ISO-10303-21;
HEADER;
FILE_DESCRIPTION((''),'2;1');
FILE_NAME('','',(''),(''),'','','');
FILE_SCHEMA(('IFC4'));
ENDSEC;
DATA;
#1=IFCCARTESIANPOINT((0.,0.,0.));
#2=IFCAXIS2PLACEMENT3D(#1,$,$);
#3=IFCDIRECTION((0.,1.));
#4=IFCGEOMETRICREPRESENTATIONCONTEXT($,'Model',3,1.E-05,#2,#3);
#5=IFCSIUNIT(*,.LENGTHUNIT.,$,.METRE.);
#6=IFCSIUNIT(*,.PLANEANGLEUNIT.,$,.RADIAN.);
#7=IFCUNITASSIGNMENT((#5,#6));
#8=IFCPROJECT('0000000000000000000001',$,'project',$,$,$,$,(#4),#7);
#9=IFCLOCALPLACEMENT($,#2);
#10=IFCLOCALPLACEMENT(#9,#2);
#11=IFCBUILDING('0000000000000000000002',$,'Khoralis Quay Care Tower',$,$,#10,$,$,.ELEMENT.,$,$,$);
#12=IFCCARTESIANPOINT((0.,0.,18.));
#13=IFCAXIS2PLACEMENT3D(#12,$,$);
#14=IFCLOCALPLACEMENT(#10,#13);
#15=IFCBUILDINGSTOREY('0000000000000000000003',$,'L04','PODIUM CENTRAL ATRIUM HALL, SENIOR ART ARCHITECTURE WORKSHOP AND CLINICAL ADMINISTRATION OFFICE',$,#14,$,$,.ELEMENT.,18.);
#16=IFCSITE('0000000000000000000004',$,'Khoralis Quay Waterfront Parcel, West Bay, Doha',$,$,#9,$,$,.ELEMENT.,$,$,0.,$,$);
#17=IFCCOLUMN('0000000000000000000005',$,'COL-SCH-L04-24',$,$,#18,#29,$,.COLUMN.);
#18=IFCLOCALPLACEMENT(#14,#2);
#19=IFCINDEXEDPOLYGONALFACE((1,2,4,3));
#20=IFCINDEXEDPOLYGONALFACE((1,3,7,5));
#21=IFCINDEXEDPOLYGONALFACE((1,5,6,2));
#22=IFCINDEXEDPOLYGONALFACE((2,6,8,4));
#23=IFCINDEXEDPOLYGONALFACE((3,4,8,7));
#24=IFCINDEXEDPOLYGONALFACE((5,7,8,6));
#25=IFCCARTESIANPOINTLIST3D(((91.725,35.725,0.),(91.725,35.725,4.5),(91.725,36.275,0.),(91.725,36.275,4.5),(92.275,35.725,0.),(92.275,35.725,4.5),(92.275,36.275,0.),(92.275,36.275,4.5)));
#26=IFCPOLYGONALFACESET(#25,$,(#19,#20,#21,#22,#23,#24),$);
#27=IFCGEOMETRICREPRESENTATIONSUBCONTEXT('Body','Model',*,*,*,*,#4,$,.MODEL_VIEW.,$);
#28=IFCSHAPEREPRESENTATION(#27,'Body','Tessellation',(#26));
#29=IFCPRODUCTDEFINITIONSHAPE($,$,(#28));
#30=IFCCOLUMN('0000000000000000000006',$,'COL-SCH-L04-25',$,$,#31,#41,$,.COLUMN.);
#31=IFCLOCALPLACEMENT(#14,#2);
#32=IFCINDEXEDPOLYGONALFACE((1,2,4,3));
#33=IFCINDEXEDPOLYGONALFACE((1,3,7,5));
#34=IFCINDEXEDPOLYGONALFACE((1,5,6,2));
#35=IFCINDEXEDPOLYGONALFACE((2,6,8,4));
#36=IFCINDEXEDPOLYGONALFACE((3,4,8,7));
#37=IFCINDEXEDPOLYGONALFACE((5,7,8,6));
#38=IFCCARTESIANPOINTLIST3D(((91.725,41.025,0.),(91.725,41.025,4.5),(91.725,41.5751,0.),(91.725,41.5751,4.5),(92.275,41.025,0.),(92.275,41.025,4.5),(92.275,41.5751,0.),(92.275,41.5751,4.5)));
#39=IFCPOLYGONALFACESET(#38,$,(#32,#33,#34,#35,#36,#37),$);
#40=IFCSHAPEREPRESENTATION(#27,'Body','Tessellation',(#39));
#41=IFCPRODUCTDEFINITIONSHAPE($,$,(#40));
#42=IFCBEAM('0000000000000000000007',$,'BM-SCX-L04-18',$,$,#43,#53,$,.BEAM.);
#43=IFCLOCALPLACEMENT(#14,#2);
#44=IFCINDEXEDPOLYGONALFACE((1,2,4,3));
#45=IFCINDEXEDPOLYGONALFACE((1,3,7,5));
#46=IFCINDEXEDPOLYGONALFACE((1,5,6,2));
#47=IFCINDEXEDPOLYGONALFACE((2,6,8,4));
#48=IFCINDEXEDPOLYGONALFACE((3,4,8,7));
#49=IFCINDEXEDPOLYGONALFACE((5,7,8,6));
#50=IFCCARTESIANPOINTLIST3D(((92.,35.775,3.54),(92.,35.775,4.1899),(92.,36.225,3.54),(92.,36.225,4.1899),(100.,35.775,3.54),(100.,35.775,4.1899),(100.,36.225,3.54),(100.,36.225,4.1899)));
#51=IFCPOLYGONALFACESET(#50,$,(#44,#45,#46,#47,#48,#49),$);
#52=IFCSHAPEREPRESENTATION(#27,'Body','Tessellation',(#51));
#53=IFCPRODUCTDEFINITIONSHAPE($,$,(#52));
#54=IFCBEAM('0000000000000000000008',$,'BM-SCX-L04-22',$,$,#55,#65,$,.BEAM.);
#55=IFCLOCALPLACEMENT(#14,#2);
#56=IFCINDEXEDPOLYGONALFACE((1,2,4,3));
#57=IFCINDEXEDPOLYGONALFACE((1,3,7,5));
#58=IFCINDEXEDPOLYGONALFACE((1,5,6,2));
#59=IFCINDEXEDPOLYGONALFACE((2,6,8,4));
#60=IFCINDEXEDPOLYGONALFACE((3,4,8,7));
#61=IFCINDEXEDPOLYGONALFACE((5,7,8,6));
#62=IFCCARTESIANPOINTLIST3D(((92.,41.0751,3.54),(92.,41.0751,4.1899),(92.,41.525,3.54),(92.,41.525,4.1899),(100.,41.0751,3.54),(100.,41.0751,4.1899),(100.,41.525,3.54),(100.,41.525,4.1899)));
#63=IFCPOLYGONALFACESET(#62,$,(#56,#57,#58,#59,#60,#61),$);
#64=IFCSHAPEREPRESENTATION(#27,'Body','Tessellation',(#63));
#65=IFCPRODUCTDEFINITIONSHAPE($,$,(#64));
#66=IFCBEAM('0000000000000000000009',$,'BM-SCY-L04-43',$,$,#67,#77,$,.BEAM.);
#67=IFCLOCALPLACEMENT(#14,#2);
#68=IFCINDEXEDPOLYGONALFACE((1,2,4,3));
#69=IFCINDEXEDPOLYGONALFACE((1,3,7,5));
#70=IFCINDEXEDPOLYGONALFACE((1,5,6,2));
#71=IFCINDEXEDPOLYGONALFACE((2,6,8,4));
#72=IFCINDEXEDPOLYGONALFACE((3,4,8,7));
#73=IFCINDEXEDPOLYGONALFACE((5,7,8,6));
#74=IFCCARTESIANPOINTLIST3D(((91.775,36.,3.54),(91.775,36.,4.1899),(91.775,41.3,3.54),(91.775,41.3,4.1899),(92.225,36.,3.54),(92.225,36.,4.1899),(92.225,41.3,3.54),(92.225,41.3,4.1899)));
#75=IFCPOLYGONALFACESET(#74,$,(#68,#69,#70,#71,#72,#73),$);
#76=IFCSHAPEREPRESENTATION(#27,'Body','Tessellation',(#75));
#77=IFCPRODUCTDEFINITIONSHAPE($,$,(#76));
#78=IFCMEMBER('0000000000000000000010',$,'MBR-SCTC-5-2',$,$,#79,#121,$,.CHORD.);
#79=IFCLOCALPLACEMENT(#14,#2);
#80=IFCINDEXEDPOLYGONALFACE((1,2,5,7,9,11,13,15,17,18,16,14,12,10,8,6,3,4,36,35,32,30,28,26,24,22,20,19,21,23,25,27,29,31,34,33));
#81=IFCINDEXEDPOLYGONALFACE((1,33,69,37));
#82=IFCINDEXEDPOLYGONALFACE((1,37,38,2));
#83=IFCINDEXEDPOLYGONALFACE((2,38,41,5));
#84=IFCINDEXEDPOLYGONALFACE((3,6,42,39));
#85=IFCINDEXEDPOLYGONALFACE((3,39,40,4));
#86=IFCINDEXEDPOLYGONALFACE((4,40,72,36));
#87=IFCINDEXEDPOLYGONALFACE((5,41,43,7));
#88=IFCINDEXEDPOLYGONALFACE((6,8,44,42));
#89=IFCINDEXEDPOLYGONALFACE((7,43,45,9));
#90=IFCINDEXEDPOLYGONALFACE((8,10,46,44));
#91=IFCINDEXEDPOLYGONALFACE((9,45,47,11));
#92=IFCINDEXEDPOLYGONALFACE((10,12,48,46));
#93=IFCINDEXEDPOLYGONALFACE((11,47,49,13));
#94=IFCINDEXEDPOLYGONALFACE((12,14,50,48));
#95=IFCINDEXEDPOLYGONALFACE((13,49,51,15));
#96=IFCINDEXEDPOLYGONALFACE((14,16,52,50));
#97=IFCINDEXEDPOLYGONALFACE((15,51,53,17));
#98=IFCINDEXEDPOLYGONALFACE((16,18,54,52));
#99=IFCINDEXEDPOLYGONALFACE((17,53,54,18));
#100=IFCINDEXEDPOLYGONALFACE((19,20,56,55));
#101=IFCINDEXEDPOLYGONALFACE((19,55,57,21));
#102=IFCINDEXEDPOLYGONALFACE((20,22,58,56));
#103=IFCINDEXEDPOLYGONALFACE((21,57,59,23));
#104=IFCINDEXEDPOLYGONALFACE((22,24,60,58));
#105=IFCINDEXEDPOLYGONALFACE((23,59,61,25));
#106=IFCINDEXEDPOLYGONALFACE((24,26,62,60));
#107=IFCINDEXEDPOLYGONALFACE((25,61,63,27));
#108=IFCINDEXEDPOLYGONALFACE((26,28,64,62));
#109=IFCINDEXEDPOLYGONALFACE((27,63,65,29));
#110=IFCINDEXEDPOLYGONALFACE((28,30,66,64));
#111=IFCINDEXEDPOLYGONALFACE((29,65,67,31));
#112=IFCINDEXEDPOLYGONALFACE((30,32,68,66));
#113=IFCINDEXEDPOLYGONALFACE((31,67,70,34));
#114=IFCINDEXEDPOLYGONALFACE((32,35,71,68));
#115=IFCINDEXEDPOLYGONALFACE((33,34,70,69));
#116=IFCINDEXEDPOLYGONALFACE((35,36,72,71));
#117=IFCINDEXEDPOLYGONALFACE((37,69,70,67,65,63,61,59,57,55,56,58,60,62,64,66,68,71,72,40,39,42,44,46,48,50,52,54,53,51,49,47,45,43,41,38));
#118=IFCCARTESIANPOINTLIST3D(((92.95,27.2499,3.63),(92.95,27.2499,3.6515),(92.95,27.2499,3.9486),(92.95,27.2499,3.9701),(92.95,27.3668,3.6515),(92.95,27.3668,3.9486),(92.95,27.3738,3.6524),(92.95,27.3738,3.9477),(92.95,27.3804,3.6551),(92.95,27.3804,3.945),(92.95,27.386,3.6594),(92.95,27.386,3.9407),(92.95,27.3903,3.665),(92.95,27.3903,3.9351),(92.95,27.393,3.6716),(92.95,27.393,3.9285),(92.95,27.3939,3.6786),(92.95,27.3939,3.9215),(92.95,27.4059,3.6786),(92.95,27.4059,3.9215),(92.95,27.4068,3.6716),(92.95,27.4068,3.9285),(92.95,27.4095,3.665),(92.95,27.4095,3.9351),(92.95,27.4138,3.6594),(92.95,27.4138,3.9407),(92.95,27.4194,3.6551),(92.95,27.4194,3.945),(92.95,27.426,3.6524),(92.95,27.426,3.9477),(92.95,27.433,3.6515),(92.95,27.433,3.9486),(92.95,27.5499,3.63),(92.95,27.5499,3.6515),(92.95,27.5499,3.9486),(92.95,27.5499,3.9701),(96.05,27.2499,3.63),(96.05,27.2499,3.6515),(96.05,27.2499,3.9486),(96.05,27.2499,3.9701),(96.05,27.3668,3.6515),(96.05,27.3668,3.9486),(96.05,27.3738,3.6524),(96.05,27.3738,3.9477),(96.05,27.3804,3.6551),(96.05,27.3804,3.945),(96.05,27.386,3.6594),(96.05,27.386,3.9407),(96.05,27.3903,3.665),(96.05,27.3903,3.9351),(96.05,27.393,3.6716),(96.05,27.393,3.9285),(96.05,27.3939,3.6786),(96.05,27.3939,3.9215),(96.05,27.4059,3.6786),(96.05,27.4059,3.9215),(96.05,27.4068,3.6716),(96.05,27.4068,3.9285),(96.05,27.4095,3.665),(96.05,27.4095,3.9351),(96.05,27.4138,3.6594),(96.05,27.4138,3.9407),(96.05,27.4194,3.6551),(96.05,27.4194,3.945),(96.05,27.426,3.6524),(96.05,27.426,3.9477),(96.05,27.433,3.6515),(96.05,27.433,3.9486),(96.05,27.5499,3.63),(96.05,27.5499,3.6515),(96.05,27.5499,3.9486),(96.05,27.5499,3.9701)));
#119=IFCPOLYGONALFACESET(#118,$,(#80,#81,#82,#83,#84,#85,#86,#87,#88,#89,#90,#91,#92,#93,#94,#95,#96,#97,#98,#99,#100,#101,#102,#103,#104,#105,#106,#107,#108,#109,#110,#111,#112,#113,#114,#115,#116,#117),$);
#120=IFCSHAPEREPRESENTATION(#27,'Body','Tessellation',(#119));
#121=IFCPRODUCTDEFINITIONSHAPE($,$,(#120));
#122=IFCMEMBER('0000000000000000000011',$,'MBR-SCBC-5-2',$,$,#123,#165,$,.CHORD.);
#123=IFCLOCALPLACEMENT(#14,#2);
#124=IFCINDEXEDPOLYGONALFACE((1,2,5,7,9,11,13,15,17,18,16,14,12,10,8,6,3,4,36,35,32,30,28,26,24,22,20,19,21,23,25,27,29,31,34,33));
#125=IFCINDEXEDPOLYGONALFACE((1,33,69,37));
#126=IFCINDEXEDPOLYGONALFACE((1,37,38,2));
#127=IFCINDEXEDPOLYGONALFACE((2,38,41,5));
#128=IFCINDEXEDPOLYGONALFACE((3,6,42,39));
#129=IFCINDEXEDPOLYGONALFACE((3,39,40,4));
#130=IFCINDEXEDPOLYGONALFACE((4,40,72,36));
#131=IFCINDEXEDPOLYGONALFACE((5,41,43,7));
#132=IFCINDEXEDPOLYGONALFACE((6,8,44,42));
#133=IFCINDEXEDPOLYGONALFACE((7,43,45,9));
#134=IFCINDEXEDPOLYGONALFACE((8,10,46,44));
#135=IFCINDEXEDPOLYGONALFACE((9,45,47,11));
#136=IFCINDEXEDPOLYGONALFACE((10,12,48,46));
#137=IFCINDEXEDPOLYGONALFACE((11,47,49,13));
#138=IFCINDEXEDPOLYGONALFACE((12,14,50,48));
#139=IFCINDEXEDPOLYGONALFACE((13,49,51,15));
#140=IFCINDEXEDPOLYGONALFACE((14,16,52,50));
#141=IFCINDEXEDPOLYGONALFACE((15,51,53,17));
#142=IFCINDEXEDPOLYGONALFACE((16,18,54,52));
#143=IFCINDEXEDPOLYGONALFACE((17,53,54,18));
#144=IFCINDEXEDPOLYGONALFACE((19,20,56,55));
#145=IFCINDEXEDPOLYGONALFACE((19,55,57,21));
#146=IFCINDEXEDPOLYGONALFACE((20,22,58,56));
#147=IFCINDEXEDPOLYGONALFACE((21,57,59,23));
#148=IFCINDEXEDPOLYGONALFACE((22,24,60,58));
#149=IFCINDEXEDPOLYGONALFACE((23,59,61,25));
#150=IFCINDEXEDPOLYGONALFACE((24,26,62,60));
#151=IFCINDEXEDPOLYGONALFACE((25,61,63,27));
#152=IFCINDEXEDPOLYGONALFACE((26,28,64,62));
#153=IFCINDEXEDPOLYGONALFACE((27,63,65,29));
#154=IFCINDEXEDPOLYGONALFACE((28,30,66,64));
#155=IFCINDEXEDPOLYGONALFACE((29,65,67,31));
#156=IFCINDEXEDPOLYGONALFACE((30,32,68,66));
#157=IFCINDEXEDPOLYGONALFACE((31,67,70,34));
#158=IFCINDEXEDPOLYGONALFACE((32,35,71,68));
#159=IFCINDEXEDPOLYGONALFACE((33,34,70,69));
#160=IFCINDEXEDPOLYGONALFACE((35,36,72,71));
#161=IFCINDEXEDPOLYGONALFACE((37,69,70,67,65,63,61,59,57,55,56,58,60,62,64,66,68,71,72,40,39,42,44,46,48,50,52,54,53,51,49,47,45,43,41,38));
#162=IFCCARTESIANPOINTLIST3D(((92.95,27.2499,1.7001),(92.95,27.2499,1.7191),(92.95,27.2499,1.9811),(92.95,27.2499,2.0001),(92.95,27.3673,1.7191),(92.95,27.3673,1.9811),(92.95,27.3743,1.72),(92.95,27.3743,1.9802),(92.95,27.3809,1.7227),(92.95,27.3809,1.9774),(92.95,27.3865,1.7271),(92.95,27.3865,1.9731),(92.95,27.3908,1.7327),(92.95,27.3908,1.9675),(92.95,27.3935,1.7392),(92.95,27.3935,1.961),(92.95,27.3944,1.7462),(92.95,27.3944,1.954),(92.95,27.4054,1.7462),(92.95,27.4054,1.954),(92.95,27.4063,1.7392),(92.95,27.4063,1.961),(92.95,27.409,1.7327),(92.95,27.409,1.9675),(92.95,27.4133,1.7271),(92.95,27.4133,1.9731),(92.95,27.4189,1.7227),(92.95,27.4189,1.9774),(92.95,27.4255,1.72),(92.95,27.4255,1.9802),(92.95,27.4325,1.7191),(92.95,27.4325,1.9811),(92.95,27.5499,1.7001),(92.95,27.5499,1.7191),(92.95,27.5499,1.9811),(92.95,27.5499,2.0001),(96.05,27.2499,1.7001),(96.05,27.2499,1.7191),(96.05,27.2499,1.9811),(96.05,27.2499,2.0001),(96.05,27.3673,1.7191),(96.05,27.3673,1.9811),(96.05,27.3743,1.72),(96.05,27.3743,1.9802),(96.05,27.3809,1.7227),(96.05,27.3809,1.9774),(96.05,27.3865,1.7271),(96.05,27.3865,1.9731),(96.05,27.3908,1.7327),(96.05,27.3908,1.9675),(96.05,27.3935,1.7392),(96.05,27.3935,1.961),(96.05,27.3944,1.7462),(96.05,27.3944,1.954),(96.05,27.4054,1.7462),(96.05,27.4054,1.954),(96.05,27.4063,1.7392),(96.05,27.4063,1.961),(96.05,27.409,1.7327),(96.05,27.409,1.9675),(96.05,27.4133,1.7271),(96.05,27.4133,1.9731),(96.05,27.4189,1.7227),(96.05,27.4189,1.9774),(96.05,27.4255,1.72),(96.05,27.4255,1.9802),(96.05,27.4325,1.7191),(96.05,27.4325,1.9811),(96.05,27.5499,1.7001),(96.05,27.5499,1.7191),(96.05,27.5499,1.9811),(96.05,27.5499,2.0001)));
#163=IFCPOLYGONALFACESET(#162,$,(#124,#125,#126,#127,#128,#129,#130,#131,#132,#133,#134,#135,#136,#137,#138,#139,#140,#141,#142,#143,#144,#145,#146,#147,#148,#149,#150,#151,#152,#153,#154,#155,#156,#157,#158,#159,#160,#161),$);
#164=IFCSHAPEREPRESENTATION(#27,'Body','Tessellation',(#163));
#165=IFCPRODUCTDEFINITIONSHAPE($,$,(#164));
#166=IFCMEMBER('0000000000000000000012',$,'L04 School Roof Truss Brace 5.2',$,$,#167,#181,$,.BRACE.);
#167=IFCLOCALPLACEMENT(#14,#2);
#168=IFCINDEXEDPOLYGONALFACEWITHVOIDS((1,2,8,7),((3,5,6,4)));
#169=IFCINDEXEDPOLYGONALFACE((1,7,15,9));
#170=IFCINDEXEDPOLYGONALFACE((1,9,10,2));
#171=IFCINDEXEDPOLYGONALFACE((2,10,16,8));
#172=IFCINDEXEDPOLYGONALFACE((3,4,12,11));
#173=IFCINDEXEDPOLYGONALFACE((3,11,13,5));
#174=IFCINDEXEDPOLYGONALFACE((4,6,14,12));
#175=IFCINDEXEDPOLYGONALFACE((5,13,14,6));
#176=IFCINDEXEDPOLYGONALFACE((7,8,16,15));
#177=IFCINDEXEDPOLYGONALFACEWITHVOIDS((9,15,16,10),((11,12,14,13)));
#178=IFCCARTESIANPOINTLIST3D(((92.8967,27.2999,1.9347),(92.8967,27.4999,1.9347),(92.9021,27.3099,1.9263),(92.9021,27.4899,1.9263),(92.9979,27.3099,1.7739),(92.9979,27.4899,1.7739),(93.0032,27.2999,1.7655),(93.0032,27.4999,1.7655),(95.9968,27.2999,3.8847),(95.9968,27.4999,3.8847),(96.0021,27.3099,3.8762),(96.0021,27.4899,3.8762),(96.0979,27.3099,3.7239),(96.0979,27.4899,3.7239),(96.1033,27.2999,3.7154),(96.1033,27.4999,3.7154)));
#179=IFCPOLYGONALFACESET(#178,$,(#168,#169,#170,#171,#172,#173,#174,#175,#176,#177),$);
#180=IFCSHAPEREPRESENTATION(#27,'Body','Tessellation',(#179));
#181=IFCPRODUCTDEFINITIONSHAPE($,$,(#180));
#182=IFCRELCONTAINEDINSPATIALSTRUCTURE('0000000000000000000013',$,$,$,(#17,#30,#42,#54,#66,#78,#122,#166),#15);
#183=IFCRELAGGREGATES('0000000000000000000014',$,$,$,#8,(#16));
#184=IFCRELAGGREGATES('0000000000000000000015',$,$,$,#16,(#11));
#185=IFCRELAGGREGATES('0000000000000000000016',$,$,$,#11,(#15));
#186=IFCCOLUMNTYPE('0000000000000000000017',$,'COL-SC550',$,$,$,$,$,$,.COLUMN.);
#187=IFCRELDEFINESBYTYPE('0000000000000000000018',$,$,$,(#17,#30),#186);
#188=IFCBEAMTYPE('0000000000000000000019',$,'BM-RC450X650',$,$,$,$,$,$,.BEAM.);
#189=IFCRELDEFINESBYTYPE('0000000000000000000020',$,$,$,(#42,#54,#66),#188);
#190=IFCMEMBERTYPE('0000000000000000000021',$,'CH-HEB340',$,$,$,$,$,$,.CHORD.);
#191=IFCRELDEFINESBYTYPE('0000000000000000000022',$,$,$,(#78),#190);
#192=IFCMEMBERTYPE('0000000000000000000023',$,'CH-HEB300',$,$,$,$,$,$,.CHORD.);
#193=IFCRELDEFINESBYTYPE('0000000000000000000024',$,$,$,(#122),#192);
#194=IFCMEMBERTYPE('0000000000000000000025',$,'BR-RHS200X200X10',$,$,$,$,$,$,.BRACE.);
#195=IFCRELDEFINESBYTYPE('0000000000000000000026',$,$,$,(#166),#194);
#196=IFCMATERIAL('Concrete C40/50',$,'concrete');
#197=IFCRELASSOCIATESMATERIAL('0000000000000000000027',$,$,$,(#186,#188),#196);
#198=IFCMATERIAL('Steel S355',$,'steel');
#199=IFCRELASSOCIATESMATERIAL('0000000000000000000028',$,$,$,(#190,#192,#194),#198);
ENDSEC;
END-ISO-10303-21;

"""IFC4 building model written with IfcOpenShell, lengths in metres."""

from ifc_helpers import new_model, si_unit, direction, frame, origin, origin_2d, place, context, subcontext, project, spatial, rectangle, hollow_rectangle, i_section, extrude, source, transform, mapped, material, material_profile, profile_set, type_object, element, save


model = new_model("IFC4")

# Units and contexts
model_context = context("Model", 3, precision=1e-05, world=origin(), true_north=direction((0.0, 1.0)))
body_context = subcontext(model_context, "Body", "Model", "MODEL_VIEW")
ifc_project = project(units=[si_unit("LENGTHUNIT", "METRE"), si_unit("PLANEANGLEUNIT", "RADIAN")], contexts=[model_context])

# Site, building, storey
site_placement = place(None, origin())
site = spatial("IfcSite", under=ifc_project, at=site_placement, Name="Khoralis Quay Waterfront Parcel, West Bay, Doha", CompositionType="ELEMENT", RefElevation=0.0)
building_placement = place(site_placement, origin())
building = spatial("IfcBuilding", under=site, at=building_placement, Name="Khoralis Quay Care Tower", CompositionType="ELEMENT")
storey_placement = place(building_placement, frame((0.0, 0.0, 18.0)))
storey = spatial("IfcBuildingStorey", under=building, at=storey_placement, Name="L04", Description="PODIUM CENTRAL ATRIUM HALL, SENIOR ART ARCHITECTURE WORKSHOP AND CLINICAL ADMINISTRATION OFFICE", CompositionType="ELEMENT", Elevation=18.0)

# Columns
ifc_material_1 = material(Name="Concrete C40/50", Category="concrete")
ifc_material_profile_1 = material_profile(ifc_material_1, rectangle(XDim=0.55, YDim=0.55, at=origin_2d()), Name="Concrete C40/50")
ifc_profile_set_1 = profile_set([ifc_material_profile_1], Name="Concrete C40/50")
column_type = type_object("IfcColumnType", Name="COL-SC550", PredefinedType="COLUMN", material=ifc_profile_set_1)
shared_shape_1 = source(origin(), body_context, "Body", "SweptSolid", [
    extrude(rectangle(XDim=0.55, YDim=0.55, at=origin_2d()), origin(), (0.0, 0.0, 1.0), 4.5),
])
for number, where, z_axis, x_axis, name in (
    (1, (92.0, 36.0, 0.0), (0.0, 0.0, 1.0), (1.0, 0.0, 0.0), "COL-SCH-L04-24"),
    (2, (92.0, 41.3, 0.0), (0.0, 0.0, 1.0), (1.0, 0.0, 0.0), "COL-SCH-L04-25"),
):
    element("IfcColumn", number, at=place(storey_placement, frame(where, z_axis=z_axis, x_axis=x_axis)), inside=storey, type_object=column_type, Name=name, PredefinedType="COLUMN", context=body_context, shape_type="MappedRepresentation", body=[
        mapped(shared_shape_1, transform((0.0, 0.0, 0.0), scale=1.0)),
    ])

# Beams
ifc_material_profile_2 = material_profile(ifc_material_1, rectangle(XDim=0.45, YDim=0.6499, at=origin_2d()), Name="Concrete C40/50")
ifc_profile_set_2 = profile_set([ifc_material_profile_2], Name="Concrete C40/50")
beam_type = type_object("IfcBeamType", Name="BM-RC450X650", PredefinedType="BEAM", material=ifc_profile_set_2)
shared_shape_2 = source(origin(), body_context, "Body", "SweptSolid", [
    extrude(rectangle(XDim=0.45, YDim=0.6499, at=origin_2d()), origin(), (0.0, 0.0, 1.0), 8.0),
])
for number, where, z_axis, x_axis, name in (
    (3, (92.0, 36.0, 3.865), (1.0, 0.0, 0.0), (0.0, 1.0, 0.0), "BM-SCX-L04-18"),
    (4, (92.0, 41.3, 3.865), (1.0, 0.0, 0.0), (0.0, 1.0, 0.0), "BM-SCX-L04-22"),
):
    element("IfcBeam", number, at=place(storey_placement, frame(where, z_axis=z_axis, x_axis=x_axis)), inside=storey, type_object=beam_type, Name=name, PredefinedType="BEAM", context=body_context, shape_type="MappedRepresentation", body=[
        mapped(shared_shape_2, transform((0.0, 0.0, 0.0), scale=1.0)),
    ])
shared_shape_3 = source(origin(), body_context, "Body", "SweptSolid", [
    extrude(rectangle(XDim=0.45, YDim=0.6499, at=origin_2d()), origin(), (0.0, 0.0, 1.0), 5.3),
])
beam_placement = place(storey_placement, frame((92.0, 36.0, 3.865), z_axis=(0.0, 1.0, 0.0), x_axis=(-1.0, 0.0, 0.0)))
element("IfcBeam", 5, at=beam_placement, inside=storey, type_object=beam_type, Name="BM-SCY-L04-43", PredefinedType="BEAM", context=body_context, shape_type="MappedRepresentation", body=[
    mapped(shared_shape_3, transform((0.0, 0.0, 0.0), scale=1.0)),
])

# Members
ifc_material_2 = material(Name="Steel S355", Category="steel")
ifc_material_profile_3 = material_profile(ifc_material_2, i_section(OverallWidth=0.3, OverallDepth=0.3401, WebThickness=0.012, FlangeThickness=0.0215, FilletRadius=0.0271, at=origin_2d()), Name="Steel S355")
ifc_profile_set_3 = profile_set([ifc_material_profile_3], Name="Steel S355")
member_type_1 = type_object("IfcMemberType", Name="CH-HEB340", PredefinedType="CHORD", material=ifc_profile_set_3)
shared_shape_4 = source(origin(), body_context, "Body", "SweptSolid", [
    extrude(i_section(OverallWidth=0.3, OverallDepth=0.3401, WebThickness=0.012, FlangeThickness=0.0215, FilletRadius=0.0271, at=origin_2d()), origin(), (0.0, 0.0, 1.0), 3.1001),
])
member_1_placement = place(storey_placement, frame((92.95, 27.3999, 3.8), z_axis=(1.0, 0.0, 0.0), x_axis=(0.0, 1.0, 0.0)))
element("IfcMember", 6, at=member_1_placement, inside=storey, type_object=member_type_1, Name="MBR-SCTC-5-2", PredefinedType="CHORD", context=body_context, shape_type="MappedRepresentation", body=[
    mapped(shared_shape_4, transform((0.0, 0.0, 0.0), scale=1.0)),
])
ifc_material_profile_4 = material_profile(ifc_material_2, i_section(OverallWidth=0.3, OverallDepth=0.3, WebThickness=0.011, FlangeThickness=0.019, FilletRadius=0.0271, at=origin_2d()), Name="Steel S355")
ifc_profile_set_4 = profile_set([ifc_material_profile_4], Name="Steel S355")
member_type_2 = type_object("IfcMemberType", Name="CH-HEB300", PredefinedType="CHORD", material=ifc_profile_set_4)
shared_shape_5 = source(origin(), body_context, "Body", "SweptSolid", [
    extrude(i_section(OverallWidth=0.3, OverallDepth=0.3, WebThickness=0.011, FlangeThickness=0.019, FilletRadius=0.0271, at=origin_2d()), origin(), (0.0, 0.0, 1.0), 3.1001),
])
member_2_placement = place(storey_placement, frame((92.95, 27.3999, 1.8501), z_axis=(1.0, 0.0, 0.0), x_axis=(0.0, 1.0, 0.0)))
element("IfcMember", 7, at=member_2_placement, inside=storey, type_object=member_type_2, Name="MBR-SCBC-5-2", PredefinedType="CHORD", context=body_context, shape_type="MappedRepresentation", body=[
    mapped(shared_shape_5, transform((0.0, 0.0, 0.0), scale=1.0)),
])
ifc_material_profile_5 = material_profile(ifc_material_2, hollow_rectangle(XDim=0.2, YDim=0.2, WallThickness=0.01, at=origin_2d()), Name="Steel S355")
ifc_profile_set_5 = profile_set([ifc_material_profile_5], Name="Steel S355")
member_type_3 = type_object("IfcMemberType", Name="BR-RHS200X200X10", PredefinedType="BRACE", material=ifc_profile_set_5)
shared_shape_6 = source(origin(), body_context, "Body", "SweptSolid", [
    extrude(hollow_rectangle(XDim=0.2, YDim=0.2, WallThickness=0.01, at=origin_2d()), origin(), (0.0, 0.0, 1.0), 3.6624),
])
member_3_placement = place(storey_placement, frame((92.95, 27.3999, 1.8501), z_axis=(0.846474, 0.0, 0.53243), x_axis=(0.0, 1.0, 0.0)))
element("IfcMember", 8, at=member_3_placement, inside=storey, type_object=member_type_3, Name="L04 School Roof Truss Brace 5.2", PredefinedType="BRACE", context=body_context, shape_type="MappedRepresentation", body=[
    mapped(shared_shape_6, transform((0.0, 0.0, 0.0), scale=1.0)),
])

save(model, "model.ifc")
